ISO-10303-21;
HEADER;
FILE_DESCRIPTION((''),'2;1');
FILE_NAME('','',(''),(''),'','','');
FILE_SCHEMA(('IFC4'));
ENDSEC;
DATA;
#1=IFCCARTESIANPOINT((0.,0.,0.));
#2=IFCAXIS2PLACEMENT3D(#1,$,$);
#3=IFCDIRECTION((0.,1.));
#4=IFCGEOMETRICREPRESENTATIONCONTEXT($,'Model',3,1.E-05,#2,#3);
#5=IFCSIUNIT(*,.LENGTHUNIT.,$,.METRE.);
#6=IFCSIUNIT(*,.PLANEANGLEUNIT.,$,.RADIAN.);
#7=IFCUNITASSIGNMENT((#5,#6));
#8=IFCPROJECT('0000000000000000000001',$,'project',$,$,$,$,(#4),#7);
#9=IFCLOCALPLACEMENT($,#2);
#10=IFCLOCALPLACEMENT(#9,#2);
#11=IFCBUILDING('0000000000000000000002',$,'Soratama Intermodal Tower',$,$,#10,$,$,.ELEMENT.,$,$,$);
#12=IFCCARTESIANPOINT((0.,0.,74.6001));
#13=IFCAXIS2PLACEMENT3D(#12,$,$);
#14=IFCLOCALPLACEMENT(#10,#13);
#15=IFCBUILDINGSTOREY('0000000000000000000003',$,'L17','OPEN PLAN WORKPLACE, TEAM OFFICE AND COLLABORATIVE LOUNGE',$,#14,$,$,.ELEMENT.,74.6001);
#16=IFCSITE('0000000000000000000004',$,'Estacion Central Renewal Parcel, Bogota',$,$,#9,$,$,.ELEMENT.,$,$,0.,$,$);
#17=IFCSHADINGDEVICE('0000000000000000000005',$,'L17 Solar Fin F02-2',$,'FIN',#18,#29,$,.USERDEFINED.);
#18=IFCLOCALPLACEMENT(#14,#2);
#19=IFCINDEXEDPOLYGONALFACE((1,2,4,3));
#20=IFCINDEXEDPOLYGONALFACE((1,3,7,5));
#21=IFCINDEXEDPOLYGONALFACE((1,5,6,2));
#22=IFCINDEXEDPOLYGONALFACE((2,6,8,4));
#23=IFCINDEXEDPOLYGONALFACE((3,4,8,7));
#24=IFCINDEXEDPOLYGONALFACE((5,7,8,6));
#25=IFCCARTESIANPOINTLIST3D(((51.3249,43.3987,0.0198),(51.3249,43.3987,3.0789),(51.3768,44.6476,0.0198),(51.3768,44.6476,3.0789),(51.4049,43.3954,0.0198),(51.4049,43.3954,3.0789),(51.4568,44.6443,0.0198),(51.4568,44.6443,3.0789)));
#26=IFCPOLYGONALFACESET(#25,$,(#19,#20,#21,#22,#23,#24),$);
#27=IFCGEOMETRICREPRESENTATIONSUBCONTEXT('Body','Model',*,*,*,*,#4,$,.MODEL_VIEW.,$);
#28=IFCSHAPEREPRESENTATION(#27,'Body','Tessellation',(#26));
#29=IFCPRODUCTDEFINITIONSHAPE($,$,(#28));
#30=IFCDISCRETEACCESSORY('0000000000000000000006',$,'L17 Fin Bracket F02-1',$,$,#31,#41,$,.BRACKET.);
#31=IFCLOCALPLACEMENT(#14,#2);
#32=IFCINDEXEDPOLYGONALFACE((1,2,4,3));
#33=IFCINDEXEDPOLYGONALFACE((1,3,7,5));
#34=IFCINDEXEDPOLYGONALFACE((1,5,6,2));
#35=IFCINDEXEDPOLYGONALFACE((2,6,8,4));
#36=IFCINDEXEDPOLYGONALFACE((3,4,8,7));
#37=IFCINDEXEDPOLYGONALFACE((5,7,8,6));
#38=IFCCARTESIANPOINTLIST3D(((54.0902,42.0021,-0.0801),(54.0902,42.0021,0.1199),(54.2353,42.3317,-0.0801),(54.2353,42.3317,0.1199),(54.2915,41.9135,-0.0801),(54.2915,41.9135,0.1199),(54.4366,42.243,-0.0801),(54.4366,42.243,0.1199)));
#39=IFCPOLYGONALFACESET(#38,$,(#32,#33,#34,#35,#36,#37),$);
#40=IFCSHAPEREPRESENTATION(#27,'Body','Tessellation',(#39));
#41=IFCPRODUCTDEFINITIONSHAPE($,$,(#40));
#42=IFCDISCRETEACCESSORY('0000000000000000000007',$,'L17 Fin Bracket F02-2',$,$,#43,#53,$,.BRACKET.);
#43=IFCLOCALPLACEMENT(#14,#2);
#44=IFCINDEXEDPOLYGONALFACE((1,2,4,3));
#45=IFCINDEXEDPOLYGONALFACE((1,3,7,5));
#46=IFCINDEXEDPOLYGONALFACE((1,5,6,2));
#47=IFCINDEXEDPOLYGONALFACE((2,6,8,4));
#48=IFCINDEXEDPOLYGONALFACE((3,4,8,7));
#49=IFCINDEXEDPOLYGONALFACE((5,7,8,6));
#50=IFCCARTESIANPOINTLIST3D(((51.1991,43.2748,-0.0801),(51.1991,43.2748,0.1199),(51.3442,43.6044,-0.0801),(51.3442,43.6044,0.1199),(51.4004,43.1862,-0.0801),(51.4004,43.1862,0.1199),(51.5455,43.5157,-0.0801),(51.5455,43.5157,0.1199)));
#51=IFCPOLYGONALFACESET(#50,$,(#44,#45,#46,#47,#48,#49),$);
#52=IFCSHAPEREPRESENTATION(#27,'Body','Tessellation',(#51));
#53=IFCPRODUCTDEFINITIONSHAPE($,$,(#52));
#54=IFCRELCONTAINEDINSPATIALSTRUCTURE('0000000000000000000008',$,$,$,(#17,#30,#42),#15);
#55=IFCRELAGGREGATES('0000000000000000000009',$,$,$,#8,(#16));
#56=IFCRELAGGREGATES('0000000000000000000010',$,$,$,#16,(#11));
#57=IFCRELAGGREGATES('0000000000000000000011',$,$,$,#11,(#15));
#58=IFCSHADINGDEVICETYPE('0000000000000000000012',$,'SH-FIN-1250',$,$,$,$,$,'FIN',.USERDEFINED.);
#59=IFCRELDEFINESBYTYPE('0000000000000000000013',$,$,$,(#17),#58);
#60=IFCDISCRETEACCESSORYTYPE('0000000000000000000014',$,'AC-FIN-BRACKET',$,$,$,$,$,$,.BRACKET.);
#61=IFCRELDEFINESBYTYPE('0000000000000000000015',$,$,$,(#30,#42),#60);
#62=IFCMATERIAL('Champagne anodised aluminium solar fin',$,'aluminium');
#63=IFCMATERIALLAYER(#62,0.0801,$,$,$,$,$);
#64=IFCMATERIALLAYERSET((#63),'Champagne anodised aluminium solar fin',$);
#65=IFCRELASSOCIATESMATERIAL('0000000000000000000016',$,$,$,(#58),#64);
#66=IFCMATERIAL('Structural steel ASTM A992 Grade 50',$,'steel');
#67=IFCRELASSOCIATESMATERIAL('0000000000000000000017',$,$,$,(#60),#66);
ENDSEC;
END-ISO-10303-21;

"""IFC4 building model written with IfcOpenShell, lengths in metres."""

from ifc_helpers import new_model, si_unit, direction, frame, origin, origin_2d, place, context, subcontext, project, spatial, rectangle, extrude, material, layer, layer_set, type_object, element, save


model = new_model("IFC4")

# Units and contexts
model_context = context("Model", 3, precision=1e-05, world=origin(), true_north=direction((0.0, 1.0)))
body_context = subcontext(model_context, "Body", "Model", "MODEL_VIEW")
ifc_project = project(units=[si_unit("LENGTHUNIT", "METRE"), si_unit("PLANEANGLEUNIT", "RADIAN")], contexts=[model_context])

# Site, building, storey
site_placement = place(None, origin())
site = spatial("IfcSite", under=ifc_project, at=site_placement, Name="Estacion Central Renewal Parcel, Bogota", CompositionType="ELEMENT", RefElevation=0.0)
building_placement = place(site_placement, origin())
building = spatial("IfcBuilding", under=site, at=building_placement, Name="Soratama Intermodal Tower", CompositionType="ELEMENT")
storey_placement = place(building_placement, frame((0.0, 0.0, 74.6001)))
storey = spatial("IfcBuildingStorey", under=building, at=storey_placement, Name="L17", Description="OPEN PLAN WORKPLACE, TEAM OFFICE AND COLLABORATIVE LOUNGE", CompositionType="ELEMENT", Elevation=74.6001)

# Shading device
ifc_material_1 = material(Name="Champagne anodised aluminium solar fin", Category="aluminium")
ifc_layer_1 = layer(ifc_material_1, 0.0801)
ifc_layer_set_1 = layer_set([ifc_layer_1], Name="Champagne anodised aluminium solar fin")
shading_device_type = type_object("IfcShadingDeviceType", Name="SH-FIN-1250", ElementType="FIN", PredefinedType="USERDEFINED", material=ifc_layer_set_1)
for number, where, z_axis, x_axis, name in (
    (1, (51.3909, 44.0215, 0.0198), (0.0, 0.0, 1.0), (0.041527, 0.999137, 0.0), "L17 Solar Fin F02-2"),
):
    element("IfcShadingDevice", number, at=place(storey_placement, frame(where, z_axis=z_axis, x_axis=x_axis)), inside=storey, type_object=shading_device_type, Name=name, ObjectType="FIN", PredefinedType="USERDEFINED", context=body_context, shape_type="SweptSolid", body=[
        extrude(rectangle(XDim=1.25, YDim=0.0801, at=origin_2d()), origin(), (0.0, 0.0, 1.0), 3.0591),
    ])

# Discrete accessories
ifc_material_2 = material(Name="Structural steel ASTM A992 Grade 50", Category="steel")
discrete_accessory_type = type_object("IfcDiscreteAccessoryType", Name="AC-FIN-BRACKET", PredefinedType="BRACKET", material=ifc_material_2)
for number, where, z_axis, x_axis, name in (
    (2, (54.2634, 42.1226, -0.0801), (0.0, 0.0, 1.0), (0.402906, 0.915241, 0.0), "L17 Fin Bracket F02-1"),
    (3, (51.3723, 43.3953, -0.0801), (0.0, 0.0, 1.0), (0.402906, 0.915241, 0.0), "L17 Fin Bracket F02-2"),
):
    element("IfcDiscreteAccessory", number, at=place(storey_placement, frame(where, z_axis=z_axis, x_axis=x_axis)), inside=storey, type_object=discrete_accessory_type, Name=name, PredefinedType="BRACKET", context=body_context, shape_type="SweptSolid", body=[
        extrude(rectangle(XDim=0.3601, YDim=0.22, at=origin_2d()), origin(), (0.0, 0.0, 1.0), 0.2),
    ])

save(model, "model.ifc")
